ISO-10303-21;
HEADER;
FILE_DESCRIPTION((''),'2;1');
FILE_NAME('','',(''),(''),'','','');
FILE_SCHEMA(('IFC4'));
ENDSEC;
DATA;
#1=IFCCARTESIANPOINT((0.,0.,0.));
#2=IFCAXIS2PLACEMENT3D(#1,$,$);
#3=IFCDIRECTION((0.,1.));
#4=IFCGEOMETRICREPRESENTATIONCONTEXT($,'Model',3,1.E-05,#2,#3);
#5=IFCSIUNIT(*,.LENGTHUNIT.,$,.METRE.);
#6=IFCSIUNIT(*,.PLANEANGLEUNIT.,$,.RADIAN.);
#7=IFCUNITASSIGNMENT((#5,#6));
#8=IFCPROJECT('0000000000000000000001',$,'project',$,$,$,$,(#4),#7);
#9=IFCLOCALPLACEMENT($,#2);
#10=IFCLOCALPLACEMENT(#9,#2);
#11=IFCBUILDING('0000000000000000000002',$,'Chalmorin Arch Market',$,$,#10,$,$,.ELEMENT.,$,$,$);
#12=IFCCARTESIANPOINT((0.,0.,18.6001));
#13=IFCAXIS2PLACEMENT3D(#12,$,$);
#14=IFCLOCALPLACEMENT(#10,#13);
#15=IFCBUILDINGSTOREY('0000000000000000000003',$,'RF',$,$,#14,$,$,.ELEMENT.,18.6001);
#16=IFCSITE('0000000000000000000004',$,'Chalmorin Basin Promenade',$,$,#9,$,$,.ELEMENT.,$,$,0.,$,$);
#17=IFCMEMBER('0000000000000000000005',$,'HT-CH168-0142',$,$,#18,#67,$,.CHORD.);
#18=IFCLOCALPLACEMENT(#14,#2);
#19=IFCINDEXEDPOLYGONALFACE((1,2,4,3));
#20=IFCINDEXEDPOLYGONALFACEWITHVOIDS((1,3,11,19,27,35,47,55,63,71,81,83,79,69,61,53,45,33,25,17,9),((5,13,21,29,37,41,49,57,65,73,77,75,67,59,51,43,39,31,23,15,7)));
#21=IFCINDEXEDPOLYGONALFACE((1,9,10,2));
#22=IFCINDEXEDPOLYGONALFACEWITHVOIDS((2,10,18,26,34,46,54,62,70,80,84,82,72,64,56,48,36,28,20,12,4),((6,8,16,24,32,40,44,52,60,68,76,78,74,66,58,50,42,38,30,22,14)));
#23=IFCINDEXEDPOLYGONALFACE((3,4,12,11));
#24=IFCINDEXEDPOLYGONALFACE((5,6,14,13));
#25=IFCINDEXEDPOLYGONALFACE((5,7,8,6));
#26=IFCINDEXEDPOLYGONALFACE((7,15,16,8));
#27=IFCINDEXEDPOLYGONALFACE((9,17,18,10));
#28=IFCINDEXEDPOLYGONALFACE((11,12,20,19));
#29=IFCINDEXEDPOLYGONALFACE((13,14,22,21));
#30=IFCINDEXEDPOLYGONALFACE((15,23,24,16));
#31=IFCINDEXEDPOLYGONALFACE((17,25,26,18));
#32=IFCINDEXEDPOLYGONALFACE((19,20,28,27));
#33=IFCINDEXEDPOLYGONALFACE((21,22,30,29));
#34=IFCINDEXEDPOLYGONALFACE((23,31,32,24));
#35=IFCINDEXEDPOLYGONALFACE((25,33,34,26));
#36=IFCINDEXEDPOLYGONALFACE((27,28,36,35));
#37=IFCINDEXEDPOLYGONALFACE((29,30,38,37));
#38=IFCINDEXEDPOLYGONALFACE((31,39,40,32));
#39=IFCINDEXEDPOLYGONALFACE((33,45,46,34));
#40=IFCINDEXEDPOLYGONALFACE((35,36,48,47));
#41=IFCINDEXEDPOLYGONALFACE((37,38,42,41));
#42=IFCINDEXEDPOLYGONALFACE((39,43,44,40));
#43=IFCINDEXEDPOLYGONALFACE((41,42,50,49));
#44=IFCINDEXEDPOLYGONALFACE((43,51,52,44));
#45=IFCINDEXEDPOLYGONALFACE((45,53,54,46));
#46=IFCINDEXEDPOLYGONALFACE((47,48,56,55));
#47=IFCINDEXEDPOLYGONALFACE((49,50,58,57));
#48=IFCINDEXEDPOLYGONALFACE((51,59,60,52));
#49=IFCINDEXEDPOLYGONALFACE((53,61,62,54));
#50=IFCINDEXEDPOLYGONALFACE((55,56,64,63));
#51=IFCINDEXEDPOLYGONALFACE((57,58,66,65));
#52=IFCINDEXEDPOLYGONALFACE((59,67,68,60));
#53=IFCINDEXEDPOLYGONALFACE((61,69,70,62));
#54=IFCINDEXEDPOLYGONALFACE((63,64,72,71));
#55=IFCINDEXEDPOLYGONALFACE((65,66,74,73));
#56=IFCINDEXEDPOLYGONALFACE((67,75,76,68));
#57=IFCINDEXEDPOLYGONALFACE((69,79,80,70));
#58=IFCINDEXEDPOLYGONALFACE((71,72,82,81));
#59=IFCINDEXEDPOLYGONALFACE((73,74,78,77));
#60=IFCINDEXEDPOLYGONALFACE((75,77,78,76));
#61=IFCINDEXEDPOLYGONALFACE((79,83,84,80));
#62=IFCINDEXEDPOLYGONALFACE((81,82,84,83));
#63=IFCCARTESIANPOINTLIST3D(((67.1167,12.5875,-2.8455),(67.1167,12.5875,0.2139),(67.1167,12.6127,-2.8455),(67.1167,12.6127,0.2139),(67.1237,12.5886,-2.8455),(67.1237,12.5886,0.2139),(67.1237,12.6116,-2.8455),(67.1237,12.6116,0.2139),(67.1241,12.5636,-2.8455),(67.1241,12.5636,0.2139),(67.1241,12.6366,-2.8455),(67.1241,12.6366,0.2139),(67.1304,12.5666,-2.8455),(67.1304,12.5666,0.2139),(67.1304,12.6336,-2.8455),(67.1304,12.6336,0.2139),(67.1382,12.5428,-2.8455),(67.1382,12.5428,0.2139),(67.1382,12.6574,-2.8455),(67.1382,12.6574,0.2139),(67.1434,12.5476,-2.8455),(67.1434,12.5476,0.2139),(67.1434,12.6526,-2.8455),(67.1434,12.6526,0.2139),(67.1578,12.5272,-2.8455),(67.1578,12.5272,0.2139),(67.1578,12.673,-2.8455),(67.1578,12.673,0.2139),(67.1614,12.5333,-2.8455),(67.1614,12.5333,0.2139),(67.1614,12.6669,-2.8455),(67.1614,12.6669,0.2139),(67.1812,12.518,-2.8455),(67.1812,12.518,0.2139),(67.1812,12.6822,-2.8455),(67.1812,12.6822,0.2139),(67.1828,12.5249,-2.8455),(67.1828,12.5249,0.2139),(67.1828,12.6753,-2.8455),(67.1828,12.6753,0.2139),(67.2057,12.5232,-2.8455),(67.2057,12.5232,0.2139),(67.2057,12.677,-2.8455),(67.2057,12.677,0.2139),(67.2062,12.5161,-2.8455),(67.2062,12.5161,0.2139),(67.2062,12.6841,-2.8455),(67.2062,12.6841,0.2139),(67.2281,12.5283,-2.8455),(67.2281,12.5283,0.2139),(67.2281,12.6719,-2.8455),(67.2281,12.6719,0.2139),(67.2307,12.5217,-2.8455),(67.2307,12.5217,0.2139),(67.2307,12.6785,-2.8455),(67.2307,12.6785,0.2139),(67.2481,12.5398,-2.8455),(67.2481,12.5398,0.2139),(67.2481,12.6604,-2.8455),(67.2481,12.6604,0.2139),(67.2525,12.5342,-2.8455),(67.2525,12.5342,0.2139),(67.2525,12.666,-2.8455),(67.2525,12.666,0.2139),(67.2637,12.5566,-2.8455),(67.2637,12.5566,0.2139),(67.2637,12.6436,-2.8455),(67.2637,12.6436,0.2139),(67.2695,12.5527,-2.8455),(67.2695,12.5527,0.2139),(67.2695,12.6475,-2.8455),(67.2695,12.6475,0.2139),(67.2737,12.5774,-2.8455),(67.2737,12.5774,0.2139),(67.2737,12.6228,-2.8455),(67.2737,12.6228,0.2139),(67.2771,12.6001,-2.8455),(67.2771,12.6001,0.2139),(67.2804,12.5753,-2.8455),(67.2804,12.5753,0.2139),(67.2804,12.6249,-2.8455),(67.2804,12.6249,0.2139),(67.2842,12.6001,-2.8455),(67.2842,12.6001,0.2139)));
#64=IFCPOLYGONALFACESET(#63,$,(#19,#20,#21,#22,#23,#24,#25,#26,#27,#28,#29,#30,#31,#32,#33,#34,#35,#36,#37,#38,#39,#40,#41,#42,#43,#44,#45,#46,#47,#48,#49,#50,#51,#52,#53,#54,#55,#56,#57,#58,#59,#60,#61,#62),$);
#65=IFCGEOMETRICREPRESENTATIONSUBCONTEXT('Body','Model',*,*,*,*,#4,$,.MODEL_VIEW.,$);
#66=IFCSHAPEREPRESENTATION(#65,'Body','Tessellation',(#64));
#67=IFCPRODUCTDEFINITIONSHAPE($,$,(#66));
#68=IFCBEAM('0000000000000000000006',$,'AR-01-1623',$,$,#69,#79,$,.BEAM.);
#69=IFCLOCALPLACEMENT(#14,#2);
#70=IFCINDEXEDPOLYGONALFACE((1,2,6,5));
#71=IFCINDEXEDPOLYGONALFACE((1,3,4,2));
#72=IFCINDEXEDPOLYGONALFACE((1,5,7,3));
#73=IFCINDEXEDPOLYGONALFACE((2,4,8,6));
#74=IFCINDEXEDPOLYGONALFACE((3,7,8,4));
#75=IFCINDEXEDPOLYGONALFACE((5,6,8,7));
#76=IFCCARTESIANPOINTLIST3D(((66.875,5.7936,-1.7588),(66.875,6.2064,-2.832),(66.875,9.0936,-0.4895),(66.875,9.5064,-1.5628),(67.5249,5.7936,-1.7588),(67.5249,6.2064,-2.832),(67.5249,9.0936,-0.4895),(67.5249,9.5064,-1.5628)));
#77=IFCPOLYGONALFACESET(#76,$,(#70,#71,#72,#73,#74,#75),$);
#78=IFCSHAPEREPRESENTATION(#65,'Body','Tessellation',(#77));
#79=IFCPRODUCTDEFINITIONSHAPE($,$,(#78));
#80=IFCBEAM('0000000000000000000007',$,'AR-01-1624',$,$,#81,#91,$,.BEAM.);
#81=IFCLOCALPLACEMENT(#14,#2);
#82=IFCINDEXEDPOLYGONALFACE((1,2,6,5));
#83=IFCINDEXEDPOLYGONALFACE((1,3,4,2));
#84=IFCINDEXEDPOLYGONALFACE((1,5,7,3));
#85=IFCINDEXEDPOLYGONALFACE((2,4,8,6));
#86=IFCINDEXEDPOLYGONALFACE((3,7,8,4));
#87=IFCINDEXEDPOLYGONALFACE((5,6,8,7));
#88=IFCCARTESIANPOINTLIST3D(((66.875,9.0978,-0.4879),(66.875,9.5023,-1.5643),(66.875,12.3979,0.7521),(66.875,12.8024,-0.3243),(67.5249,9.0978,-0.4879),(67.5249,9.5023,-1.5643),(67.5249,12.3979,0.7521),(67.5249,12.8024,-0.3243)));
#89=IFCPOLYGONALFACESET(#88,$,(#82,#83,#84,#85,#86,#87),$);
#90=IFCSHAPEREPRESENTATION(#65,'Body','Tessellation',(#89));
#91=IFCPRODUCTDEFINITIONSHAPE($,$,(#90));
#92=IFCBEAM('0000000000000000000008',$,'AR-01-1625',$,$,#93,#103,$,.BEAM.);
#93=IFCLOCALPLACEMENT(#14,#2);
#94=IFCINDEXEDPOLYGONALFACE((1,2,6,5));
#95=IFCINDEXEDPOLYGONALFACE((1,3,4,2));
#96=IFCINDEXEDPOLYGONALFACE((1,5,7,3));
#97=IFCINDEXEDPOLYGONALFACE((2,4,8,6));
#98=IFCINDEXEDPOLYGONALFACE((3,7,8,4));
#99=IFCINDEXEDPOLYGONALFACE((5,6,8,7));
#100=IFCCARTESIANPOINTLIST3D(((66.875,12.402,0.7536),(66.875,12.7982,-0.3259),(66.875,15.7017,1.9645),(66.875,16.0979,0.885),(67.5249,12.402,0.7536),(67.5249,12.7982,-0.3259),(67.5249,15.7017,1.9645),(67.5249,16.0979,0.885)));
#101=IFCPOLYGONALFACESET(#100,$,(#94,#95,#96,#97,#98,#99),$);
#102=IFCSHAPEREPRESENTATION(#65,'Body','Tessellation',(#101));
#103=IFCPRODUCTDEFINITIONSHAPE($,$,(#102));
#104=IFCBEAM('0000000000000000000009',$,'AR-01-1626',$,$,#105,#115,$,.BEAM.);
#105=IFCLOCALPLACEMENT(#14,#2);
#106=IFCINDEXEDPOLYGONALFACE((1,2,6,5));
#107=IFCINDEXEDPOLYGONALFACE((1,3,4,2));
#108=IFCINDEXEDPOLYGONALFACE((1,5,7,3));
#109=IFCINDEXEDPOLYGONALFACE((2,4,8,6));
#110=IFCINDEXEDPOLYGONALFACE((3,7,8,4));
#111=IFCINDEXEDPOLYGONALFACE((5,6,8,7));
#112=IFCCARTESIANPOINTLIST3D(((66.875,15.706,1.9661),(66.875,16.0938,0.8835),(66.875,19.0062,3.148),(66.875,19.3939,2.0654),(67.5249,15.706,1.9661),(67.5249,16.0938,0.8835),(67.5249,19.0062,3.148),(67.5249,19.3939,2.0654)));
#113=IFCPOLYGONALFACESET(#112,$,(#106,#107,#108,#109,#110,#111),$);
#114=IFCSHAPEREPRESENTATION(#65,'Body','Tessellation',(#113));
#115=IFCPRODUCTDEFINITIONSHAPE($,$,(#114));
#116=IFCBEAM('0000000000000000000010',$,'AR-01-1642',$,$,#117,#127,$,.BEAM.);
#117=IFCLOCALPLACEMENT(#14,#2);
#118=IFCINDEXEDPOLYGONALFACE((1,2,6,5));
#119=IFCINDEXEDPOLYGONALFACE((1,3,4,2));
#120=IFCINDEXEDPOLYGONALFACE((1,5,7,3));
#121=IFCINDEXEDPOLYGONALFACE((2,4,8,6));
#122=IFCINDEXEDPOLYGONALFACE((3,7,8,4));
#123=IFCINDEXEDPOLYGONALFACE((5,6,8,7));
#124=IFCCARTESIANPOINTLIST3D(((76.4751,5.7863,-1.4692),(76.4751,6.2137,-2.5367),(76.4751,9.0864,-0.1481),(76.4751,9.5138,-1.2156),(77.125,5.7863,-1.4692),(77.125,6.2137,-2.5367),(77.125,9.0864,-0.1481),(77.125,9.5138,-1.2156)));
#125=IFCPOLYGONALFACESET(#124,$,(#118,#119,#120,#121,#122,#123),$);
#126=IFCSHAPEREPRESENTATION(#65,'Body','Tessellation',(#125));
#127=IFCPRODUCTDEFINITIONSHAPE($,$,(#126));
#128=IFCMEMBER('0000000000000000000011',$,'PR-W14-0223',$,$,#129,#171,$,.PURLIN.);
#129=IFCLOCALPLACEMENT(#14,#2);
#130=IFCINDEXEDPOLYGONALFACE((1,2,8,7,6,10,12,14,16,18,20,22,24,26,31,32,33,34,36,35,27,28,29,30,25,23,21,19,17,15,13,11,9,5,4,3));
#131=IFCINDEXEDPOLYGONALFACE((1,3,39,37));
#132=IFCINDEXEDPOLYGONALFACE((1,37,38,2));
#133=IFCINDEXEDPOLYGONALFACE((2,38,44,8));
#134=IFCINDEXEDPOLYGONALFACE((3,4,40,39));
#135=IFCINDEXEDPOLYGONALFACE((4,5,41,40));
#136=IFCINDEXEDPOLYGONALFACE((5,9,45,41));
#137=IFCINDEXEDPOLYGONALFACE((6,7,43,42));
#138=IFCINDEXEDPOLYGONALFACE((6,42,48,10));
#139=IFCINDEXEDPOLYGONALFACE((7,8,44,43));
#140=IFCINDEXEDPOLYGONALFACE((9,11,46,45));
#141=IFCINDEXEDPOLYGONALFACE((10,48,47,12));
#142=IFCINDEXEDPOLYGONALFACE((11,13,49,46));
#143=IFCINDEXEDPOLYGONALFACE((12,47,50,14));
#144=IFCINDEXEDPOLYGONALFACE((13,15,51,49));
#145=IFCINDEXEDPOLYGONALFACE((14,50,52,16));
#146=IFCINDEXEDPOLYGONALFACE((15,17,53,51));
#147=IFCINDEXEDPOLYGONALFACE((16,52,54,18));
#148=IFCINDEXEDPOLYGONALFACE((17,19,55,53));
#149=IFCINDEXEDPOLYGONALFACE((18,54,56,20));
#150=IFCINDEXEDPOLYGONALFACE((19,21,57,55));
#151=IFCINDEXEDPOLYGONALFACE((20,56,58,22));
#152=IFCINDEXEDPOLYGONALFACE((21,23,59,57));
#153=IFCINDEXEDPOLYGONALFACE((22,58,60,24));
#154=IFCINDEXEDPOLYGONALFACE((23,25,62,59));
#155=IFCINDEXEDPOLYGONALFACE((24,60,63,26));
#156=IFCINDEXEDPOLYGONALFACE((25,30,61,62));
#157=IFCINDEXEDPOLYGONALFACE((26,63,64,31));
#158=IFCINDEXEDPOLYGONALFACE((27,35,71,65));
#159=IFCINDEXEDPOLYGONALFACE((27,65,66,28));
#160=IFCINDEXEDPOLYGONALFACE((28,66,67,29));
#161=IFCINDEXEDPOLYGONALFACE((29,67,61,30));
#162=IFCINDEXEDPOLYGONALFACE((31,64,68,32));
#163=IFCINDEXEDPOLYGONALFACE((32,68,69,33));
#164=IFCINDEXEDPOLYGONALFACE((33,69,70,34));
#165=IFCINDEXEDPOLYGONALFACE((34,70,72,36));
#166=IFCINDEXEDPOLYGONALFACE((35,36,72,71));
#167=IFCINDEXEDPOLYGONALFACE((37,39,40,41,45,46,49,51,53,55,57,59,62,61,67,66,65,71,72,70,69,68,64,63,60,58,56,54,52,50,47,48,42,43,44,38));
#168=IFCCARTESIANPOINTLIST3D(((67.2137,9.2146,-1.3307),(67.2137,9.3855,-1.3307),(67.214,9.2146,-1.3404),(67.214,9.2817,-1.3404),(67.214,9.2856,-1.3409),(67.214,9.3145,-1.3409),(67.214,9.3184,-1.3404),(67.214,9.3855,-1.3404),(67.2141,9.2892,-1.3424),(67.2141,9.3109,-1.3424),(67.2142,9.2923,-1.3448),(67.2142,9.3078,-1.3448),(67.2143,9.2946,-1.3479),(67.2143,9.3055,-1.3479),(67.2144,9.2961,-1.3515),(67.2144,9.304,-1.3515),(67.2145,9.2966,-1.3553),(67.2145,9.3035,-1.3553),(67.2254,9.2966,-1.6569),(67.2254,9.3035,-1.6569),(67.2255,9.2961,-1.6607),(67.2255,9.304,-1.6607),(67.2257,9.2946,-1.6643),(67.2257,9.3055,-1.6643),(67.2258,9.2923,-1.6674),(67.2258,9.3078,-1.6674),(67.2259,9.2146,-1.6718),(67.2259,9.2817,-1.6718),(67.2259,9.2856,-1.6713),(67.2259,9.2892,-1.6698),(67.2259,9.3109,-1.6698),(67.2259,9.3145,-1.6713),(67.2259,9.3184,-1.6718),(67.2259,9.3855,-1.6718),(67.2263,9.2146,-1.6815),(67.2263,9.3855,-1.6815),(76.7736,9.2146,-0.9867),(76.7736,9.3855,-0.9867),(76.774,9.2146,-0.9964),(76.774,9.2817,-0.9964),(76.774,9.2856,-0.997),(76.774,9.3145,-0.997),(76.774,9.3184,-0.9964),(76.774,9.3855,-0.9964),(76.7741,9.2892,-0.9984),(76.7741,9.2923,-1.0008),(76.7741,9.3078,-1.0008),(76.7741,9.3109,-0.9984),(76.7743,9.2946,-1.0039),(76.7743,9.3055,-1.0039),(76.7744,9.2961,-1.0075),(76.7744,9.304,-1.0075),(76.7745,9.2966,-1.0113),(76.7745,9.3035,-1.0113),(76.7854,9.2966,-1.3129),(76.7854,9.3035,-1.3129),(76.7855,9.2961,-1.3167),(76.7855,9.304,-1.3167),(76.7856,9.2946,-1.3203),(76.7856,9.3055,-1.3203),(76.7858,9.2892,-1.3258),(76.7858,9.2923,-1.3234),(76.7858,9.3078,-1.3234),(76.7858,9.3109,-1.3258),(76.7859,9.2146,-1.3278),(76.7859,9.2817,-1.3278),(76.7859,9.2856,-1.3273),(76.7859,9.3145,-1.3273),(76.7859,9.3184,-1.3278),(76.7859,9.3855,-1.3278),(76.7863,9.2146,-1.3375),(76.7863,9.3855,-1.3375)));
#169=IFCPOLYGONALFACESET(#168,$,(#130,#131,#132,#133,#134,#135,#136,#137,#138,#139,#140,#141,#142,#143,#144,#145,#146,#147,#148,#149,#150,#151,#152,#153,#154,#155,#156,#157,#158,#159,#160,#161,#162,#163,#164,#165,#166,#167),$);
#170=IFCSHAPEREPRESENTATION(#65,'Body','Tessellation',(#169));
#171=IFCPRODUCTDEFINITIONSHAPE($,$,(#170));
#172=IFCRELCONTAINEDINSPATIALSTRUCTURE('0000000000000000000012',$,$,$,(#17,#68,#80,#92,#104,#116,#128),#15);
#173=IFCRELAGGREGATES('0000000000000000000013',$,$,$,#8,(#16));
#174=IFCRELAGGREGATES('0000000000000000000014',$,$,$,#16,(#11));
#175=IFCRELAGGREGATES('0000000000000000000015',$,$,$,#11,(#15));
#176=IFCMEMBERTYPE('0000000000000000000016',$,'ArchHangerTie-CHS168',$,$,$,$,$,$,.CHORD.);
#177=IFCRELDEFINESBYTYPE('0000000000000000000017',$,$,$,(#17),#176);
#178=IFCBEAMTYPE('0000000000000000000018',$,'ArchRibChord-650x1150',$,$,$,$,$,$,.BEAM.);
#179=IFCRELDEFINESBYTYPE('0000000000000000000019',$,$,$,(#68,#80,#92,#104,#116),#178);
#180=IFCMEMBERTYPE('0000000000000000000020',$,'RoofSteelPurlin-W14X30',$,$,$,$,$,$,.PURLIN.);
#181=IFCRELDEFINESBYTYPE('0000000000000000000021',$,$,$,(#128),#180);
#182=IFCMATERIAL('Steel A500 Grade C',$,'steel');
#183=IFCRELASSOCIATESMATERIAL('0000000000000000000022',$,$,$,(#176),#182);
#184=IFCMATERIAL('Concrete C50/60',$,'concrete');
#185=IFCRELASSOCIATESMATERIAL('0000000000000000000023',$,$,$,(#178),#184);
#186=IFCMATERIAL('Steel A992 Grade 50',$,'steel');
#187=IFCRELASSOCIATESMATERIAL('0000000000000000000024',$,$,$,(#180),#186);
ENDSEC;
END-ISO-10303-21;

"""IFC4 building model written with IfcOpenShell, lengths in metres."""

from ifc_helpers import new_model, si_unit, direction, frame, origin, origin_2d, place, context, subcontext, project, spatial, rectangle, hollow_circle, i_section, extrude, material, material_profile, profile_set, type_object, element, save


model = new_model("IFC4")

# Units and contexts
model_context = context("Model", 3, precision=1e-05, world=origin(), true_north=direction((0.0, 1.0)))
body_context = subcontext(model_context, "Body", "Model", "MODEL_VIEW")
ifc_project = project(units=[si_unit("LENGTHUNIT", "METRE"), si_unit("PLANEANGLEUNIT", "RADIAN")], contexts=[model_context])

# Site, building, storey
site_placement = place(None, origin())
site = spatial("IfcSite", under=ifc_project, at=site_placement, Name="Chalmorin Basin Promenade", CompositionType="ELEMENT", RefElevation=0.0)
building_placement = place(site_placement, origin())
building = spatial("IfcBuilding", under=site, at=building_placement, Name="Chalmorin Arch Market", CompositionType="ELEMENT")
storey_placement = place(building_placement, frame((0.0, 0.0, 18.6001)))
storey = spatial("IfcBuildingStorey", under=building, at=storey_placement, Name="RF", CompositionType="ELEMENT", Elevation=18.6001)

# Member
ifc_material_1 = material(Name="Steel A500 Grade C", Category="steel")
ifc_material_profile_1 = material_profile(ifc_material_1, hollow_circle(Radius=0.0842, WallThickness=0.0071, at=origin_2d()), Name="CHS168X7")
ifc_profile_set_1 = profile_set([ifc_material_profile_1], Name="Steel A500 Grade C")
member_type_1 = type_object("IfcMemberType", Name="ArchHangerTie-CHS168", PredefinedType="CHORD", material=ifc_profile_set_1)
member_1_placement = place(storey_placement, frame((67.2, 12.6001, -2.8455), z_axis=(0.0, 0.0, 1.0), x_axis=(1.0, 0.0, 0.0)))
element("IfcMember", 1, at=member_1_placement, inside=storey, type_object=member_type_1, Name="HT-CH168-0142", PredefinedType="CHORD", context=body_context, shape_type="SweptSolid", body=[
    extrude(hollow_circle(Radius=0.0842, WallThickness=0.0071, at=origin_2d()), origin(), (0.0, 0.0, 1.0), 3.0593),
])

# Beams
ifc_material_2 = material(Name="Concrete C50/60", Category="concrete")
ifc_material_profile_2 = material_profile(ifc_material_2, rectangle(XDim=0.6499, YDim=1.1499, at=origin_2d()), Name="RC650X1150")
ifc_profile_set_2 = profile_set([ifc_material_profile_2], Name="Concrete C50/60")
beam_type = type_object("IfcBeamType", Name="ArchRibChord-650x1150", PredefinedType="BEAM", material=ifc_profile_set_2)
beam_1_placement = place(storey_placement, frame((67.2, 6.0, -2.2954), z_axis=(0.0, 0.933342, 0.358988), x_axis=(-1.0, 0.0, 0.0)))
element("IfcBeam", 2, at=beam_1_placement, inside=storey, type_object=beam_type, Name="AR-01-1623", PredefinedType="BEAM", context=body_context, shape_type="SweptSolid", body=[
    extrude(rectangle(XDim=0.6499, YDim=1.1499, at=origin_2d()), origin(), (0.0, 0.0, 1.0), 3.5356),
])
beam_2_placement = place(storey_placement, frame((67.2, 9.3, -1.0261), z_axis=(0.0, 0.936098, 0.351738), x_axis=(-1.0, 0.0, 0.0)))
element("IfcBeam", 3, at=beam_2_placement, inside=storey, type_object=beam_type, Name="AR-01-1624", PredefinedType="BEAM", context=body_context, shape_type="SweptSolid", body=[
    extrude(rectangle(XDim=0.6499, YDim=1.1499, at=origin_2d()), origin(), (0.0, 0.0, 1.0), 3.5254),
])
beam_3_placement = place(storey_placement, frame((67.2, 12.6001, 0.2139), z_axis=(0.0, 0.938783, 0.344508), x_axis=(-1.0, 0.0, 0.0)))
element("IfcBeam", 4, at=beam_3_placement, inside=storey, type_object=beam_type, Name="AR-01-1625", PredefinedType="BEAM", context=body_context, shape_type="SweptSolid", body=[
    extrude(rectangle(XDim=0.6499, YDim=1.1499, at=origin_2d()), origin(), (0.0, 0.0, 1.0), 3.5149),
])
beam_4_placement = place(storey_placement, frame((67.2, 15.8999, 1.4248), z_axis=(0.0, 0.941444, 0.33717), x_axis=(-1.0, 0.0, 0.0)))
element("IfcBeam", 5, at=beam_4_placement, inside=storey, type_object=beam_type, Name="AR-01-1626", PredefinedType="BEAM", context=body_context, shape_type="SweptSolid", body=[
    extrude(rectangle(XDim=0.6499, YDim=1.1499, at=origin_2d()), origin(), (0.0, 0.0, 1.0), 3.5054),
])
beam_5_placement = place(storey_placement, frame((76.8, 6.0, -2.0029), z_axis=(0.0, 0.928377, 0.371639), x_axis=(-1.0, 0.0, 0.0)))
element("IfcBeam", 6, at=beam_5_placement, inside=storey, type_object=beam_type, Name="AR-01-1642", PredefinedType="BEAM", context=body_context, shape_type="SweptSolid", body=[
    extrude(rectangle(XDim=0.6499, YDim=1.1499, at=origin_2d()), origin(), (0.0, 0.0, 1.0), 3.5547),
])

# Member
ifc_material_3 = material(Name="Steel A992 Grade 50", Category="steel")
ifc_material_profile_3 = material_profile(ifc_material_3, i_section(OverallWidth=0.1709, OverallDepth=0.3511, WebThickness=0.0068, FlangeThickness=0.0098, FilletRadius=0.0149, at=origin_2d()), Name="W14X30")
ifc_profile_set_3 = profile_set([ifc_material_profile_3], Name="Steel A992 Grade 50")
member_type_2 = type_object("IfcMemberType", Name="RoofSteelPurlin-W14X30", PredefinedType="PURLIN", material=ifc_profile_set_3)
member_2_placement = place(storey_placement, frame((67.22, 9.3, -1.5061), z_axis=(0.999353, 0.0, 0.035959), x_axis=(0.0, 1.0, 0.0)))
element("IfcMember", 7, at=member_2_placement, inside=storey, type_object=member_type_2, Name="PR-W14-0223", PredefinedType="PURLIN", context=body_context, shape_type="SweptSolid", body=[
    extrude(i_section(OverallWidth=0.1709, OverallDepth=0.3511, WebThickness=0.0068, FlangeThickness=0.0098, FilletRadius=0.0149, at=origin_2d()), origin(), (0.0, 0.0, 1.0), 9.5662),
])

save(model, "model.ifc")
